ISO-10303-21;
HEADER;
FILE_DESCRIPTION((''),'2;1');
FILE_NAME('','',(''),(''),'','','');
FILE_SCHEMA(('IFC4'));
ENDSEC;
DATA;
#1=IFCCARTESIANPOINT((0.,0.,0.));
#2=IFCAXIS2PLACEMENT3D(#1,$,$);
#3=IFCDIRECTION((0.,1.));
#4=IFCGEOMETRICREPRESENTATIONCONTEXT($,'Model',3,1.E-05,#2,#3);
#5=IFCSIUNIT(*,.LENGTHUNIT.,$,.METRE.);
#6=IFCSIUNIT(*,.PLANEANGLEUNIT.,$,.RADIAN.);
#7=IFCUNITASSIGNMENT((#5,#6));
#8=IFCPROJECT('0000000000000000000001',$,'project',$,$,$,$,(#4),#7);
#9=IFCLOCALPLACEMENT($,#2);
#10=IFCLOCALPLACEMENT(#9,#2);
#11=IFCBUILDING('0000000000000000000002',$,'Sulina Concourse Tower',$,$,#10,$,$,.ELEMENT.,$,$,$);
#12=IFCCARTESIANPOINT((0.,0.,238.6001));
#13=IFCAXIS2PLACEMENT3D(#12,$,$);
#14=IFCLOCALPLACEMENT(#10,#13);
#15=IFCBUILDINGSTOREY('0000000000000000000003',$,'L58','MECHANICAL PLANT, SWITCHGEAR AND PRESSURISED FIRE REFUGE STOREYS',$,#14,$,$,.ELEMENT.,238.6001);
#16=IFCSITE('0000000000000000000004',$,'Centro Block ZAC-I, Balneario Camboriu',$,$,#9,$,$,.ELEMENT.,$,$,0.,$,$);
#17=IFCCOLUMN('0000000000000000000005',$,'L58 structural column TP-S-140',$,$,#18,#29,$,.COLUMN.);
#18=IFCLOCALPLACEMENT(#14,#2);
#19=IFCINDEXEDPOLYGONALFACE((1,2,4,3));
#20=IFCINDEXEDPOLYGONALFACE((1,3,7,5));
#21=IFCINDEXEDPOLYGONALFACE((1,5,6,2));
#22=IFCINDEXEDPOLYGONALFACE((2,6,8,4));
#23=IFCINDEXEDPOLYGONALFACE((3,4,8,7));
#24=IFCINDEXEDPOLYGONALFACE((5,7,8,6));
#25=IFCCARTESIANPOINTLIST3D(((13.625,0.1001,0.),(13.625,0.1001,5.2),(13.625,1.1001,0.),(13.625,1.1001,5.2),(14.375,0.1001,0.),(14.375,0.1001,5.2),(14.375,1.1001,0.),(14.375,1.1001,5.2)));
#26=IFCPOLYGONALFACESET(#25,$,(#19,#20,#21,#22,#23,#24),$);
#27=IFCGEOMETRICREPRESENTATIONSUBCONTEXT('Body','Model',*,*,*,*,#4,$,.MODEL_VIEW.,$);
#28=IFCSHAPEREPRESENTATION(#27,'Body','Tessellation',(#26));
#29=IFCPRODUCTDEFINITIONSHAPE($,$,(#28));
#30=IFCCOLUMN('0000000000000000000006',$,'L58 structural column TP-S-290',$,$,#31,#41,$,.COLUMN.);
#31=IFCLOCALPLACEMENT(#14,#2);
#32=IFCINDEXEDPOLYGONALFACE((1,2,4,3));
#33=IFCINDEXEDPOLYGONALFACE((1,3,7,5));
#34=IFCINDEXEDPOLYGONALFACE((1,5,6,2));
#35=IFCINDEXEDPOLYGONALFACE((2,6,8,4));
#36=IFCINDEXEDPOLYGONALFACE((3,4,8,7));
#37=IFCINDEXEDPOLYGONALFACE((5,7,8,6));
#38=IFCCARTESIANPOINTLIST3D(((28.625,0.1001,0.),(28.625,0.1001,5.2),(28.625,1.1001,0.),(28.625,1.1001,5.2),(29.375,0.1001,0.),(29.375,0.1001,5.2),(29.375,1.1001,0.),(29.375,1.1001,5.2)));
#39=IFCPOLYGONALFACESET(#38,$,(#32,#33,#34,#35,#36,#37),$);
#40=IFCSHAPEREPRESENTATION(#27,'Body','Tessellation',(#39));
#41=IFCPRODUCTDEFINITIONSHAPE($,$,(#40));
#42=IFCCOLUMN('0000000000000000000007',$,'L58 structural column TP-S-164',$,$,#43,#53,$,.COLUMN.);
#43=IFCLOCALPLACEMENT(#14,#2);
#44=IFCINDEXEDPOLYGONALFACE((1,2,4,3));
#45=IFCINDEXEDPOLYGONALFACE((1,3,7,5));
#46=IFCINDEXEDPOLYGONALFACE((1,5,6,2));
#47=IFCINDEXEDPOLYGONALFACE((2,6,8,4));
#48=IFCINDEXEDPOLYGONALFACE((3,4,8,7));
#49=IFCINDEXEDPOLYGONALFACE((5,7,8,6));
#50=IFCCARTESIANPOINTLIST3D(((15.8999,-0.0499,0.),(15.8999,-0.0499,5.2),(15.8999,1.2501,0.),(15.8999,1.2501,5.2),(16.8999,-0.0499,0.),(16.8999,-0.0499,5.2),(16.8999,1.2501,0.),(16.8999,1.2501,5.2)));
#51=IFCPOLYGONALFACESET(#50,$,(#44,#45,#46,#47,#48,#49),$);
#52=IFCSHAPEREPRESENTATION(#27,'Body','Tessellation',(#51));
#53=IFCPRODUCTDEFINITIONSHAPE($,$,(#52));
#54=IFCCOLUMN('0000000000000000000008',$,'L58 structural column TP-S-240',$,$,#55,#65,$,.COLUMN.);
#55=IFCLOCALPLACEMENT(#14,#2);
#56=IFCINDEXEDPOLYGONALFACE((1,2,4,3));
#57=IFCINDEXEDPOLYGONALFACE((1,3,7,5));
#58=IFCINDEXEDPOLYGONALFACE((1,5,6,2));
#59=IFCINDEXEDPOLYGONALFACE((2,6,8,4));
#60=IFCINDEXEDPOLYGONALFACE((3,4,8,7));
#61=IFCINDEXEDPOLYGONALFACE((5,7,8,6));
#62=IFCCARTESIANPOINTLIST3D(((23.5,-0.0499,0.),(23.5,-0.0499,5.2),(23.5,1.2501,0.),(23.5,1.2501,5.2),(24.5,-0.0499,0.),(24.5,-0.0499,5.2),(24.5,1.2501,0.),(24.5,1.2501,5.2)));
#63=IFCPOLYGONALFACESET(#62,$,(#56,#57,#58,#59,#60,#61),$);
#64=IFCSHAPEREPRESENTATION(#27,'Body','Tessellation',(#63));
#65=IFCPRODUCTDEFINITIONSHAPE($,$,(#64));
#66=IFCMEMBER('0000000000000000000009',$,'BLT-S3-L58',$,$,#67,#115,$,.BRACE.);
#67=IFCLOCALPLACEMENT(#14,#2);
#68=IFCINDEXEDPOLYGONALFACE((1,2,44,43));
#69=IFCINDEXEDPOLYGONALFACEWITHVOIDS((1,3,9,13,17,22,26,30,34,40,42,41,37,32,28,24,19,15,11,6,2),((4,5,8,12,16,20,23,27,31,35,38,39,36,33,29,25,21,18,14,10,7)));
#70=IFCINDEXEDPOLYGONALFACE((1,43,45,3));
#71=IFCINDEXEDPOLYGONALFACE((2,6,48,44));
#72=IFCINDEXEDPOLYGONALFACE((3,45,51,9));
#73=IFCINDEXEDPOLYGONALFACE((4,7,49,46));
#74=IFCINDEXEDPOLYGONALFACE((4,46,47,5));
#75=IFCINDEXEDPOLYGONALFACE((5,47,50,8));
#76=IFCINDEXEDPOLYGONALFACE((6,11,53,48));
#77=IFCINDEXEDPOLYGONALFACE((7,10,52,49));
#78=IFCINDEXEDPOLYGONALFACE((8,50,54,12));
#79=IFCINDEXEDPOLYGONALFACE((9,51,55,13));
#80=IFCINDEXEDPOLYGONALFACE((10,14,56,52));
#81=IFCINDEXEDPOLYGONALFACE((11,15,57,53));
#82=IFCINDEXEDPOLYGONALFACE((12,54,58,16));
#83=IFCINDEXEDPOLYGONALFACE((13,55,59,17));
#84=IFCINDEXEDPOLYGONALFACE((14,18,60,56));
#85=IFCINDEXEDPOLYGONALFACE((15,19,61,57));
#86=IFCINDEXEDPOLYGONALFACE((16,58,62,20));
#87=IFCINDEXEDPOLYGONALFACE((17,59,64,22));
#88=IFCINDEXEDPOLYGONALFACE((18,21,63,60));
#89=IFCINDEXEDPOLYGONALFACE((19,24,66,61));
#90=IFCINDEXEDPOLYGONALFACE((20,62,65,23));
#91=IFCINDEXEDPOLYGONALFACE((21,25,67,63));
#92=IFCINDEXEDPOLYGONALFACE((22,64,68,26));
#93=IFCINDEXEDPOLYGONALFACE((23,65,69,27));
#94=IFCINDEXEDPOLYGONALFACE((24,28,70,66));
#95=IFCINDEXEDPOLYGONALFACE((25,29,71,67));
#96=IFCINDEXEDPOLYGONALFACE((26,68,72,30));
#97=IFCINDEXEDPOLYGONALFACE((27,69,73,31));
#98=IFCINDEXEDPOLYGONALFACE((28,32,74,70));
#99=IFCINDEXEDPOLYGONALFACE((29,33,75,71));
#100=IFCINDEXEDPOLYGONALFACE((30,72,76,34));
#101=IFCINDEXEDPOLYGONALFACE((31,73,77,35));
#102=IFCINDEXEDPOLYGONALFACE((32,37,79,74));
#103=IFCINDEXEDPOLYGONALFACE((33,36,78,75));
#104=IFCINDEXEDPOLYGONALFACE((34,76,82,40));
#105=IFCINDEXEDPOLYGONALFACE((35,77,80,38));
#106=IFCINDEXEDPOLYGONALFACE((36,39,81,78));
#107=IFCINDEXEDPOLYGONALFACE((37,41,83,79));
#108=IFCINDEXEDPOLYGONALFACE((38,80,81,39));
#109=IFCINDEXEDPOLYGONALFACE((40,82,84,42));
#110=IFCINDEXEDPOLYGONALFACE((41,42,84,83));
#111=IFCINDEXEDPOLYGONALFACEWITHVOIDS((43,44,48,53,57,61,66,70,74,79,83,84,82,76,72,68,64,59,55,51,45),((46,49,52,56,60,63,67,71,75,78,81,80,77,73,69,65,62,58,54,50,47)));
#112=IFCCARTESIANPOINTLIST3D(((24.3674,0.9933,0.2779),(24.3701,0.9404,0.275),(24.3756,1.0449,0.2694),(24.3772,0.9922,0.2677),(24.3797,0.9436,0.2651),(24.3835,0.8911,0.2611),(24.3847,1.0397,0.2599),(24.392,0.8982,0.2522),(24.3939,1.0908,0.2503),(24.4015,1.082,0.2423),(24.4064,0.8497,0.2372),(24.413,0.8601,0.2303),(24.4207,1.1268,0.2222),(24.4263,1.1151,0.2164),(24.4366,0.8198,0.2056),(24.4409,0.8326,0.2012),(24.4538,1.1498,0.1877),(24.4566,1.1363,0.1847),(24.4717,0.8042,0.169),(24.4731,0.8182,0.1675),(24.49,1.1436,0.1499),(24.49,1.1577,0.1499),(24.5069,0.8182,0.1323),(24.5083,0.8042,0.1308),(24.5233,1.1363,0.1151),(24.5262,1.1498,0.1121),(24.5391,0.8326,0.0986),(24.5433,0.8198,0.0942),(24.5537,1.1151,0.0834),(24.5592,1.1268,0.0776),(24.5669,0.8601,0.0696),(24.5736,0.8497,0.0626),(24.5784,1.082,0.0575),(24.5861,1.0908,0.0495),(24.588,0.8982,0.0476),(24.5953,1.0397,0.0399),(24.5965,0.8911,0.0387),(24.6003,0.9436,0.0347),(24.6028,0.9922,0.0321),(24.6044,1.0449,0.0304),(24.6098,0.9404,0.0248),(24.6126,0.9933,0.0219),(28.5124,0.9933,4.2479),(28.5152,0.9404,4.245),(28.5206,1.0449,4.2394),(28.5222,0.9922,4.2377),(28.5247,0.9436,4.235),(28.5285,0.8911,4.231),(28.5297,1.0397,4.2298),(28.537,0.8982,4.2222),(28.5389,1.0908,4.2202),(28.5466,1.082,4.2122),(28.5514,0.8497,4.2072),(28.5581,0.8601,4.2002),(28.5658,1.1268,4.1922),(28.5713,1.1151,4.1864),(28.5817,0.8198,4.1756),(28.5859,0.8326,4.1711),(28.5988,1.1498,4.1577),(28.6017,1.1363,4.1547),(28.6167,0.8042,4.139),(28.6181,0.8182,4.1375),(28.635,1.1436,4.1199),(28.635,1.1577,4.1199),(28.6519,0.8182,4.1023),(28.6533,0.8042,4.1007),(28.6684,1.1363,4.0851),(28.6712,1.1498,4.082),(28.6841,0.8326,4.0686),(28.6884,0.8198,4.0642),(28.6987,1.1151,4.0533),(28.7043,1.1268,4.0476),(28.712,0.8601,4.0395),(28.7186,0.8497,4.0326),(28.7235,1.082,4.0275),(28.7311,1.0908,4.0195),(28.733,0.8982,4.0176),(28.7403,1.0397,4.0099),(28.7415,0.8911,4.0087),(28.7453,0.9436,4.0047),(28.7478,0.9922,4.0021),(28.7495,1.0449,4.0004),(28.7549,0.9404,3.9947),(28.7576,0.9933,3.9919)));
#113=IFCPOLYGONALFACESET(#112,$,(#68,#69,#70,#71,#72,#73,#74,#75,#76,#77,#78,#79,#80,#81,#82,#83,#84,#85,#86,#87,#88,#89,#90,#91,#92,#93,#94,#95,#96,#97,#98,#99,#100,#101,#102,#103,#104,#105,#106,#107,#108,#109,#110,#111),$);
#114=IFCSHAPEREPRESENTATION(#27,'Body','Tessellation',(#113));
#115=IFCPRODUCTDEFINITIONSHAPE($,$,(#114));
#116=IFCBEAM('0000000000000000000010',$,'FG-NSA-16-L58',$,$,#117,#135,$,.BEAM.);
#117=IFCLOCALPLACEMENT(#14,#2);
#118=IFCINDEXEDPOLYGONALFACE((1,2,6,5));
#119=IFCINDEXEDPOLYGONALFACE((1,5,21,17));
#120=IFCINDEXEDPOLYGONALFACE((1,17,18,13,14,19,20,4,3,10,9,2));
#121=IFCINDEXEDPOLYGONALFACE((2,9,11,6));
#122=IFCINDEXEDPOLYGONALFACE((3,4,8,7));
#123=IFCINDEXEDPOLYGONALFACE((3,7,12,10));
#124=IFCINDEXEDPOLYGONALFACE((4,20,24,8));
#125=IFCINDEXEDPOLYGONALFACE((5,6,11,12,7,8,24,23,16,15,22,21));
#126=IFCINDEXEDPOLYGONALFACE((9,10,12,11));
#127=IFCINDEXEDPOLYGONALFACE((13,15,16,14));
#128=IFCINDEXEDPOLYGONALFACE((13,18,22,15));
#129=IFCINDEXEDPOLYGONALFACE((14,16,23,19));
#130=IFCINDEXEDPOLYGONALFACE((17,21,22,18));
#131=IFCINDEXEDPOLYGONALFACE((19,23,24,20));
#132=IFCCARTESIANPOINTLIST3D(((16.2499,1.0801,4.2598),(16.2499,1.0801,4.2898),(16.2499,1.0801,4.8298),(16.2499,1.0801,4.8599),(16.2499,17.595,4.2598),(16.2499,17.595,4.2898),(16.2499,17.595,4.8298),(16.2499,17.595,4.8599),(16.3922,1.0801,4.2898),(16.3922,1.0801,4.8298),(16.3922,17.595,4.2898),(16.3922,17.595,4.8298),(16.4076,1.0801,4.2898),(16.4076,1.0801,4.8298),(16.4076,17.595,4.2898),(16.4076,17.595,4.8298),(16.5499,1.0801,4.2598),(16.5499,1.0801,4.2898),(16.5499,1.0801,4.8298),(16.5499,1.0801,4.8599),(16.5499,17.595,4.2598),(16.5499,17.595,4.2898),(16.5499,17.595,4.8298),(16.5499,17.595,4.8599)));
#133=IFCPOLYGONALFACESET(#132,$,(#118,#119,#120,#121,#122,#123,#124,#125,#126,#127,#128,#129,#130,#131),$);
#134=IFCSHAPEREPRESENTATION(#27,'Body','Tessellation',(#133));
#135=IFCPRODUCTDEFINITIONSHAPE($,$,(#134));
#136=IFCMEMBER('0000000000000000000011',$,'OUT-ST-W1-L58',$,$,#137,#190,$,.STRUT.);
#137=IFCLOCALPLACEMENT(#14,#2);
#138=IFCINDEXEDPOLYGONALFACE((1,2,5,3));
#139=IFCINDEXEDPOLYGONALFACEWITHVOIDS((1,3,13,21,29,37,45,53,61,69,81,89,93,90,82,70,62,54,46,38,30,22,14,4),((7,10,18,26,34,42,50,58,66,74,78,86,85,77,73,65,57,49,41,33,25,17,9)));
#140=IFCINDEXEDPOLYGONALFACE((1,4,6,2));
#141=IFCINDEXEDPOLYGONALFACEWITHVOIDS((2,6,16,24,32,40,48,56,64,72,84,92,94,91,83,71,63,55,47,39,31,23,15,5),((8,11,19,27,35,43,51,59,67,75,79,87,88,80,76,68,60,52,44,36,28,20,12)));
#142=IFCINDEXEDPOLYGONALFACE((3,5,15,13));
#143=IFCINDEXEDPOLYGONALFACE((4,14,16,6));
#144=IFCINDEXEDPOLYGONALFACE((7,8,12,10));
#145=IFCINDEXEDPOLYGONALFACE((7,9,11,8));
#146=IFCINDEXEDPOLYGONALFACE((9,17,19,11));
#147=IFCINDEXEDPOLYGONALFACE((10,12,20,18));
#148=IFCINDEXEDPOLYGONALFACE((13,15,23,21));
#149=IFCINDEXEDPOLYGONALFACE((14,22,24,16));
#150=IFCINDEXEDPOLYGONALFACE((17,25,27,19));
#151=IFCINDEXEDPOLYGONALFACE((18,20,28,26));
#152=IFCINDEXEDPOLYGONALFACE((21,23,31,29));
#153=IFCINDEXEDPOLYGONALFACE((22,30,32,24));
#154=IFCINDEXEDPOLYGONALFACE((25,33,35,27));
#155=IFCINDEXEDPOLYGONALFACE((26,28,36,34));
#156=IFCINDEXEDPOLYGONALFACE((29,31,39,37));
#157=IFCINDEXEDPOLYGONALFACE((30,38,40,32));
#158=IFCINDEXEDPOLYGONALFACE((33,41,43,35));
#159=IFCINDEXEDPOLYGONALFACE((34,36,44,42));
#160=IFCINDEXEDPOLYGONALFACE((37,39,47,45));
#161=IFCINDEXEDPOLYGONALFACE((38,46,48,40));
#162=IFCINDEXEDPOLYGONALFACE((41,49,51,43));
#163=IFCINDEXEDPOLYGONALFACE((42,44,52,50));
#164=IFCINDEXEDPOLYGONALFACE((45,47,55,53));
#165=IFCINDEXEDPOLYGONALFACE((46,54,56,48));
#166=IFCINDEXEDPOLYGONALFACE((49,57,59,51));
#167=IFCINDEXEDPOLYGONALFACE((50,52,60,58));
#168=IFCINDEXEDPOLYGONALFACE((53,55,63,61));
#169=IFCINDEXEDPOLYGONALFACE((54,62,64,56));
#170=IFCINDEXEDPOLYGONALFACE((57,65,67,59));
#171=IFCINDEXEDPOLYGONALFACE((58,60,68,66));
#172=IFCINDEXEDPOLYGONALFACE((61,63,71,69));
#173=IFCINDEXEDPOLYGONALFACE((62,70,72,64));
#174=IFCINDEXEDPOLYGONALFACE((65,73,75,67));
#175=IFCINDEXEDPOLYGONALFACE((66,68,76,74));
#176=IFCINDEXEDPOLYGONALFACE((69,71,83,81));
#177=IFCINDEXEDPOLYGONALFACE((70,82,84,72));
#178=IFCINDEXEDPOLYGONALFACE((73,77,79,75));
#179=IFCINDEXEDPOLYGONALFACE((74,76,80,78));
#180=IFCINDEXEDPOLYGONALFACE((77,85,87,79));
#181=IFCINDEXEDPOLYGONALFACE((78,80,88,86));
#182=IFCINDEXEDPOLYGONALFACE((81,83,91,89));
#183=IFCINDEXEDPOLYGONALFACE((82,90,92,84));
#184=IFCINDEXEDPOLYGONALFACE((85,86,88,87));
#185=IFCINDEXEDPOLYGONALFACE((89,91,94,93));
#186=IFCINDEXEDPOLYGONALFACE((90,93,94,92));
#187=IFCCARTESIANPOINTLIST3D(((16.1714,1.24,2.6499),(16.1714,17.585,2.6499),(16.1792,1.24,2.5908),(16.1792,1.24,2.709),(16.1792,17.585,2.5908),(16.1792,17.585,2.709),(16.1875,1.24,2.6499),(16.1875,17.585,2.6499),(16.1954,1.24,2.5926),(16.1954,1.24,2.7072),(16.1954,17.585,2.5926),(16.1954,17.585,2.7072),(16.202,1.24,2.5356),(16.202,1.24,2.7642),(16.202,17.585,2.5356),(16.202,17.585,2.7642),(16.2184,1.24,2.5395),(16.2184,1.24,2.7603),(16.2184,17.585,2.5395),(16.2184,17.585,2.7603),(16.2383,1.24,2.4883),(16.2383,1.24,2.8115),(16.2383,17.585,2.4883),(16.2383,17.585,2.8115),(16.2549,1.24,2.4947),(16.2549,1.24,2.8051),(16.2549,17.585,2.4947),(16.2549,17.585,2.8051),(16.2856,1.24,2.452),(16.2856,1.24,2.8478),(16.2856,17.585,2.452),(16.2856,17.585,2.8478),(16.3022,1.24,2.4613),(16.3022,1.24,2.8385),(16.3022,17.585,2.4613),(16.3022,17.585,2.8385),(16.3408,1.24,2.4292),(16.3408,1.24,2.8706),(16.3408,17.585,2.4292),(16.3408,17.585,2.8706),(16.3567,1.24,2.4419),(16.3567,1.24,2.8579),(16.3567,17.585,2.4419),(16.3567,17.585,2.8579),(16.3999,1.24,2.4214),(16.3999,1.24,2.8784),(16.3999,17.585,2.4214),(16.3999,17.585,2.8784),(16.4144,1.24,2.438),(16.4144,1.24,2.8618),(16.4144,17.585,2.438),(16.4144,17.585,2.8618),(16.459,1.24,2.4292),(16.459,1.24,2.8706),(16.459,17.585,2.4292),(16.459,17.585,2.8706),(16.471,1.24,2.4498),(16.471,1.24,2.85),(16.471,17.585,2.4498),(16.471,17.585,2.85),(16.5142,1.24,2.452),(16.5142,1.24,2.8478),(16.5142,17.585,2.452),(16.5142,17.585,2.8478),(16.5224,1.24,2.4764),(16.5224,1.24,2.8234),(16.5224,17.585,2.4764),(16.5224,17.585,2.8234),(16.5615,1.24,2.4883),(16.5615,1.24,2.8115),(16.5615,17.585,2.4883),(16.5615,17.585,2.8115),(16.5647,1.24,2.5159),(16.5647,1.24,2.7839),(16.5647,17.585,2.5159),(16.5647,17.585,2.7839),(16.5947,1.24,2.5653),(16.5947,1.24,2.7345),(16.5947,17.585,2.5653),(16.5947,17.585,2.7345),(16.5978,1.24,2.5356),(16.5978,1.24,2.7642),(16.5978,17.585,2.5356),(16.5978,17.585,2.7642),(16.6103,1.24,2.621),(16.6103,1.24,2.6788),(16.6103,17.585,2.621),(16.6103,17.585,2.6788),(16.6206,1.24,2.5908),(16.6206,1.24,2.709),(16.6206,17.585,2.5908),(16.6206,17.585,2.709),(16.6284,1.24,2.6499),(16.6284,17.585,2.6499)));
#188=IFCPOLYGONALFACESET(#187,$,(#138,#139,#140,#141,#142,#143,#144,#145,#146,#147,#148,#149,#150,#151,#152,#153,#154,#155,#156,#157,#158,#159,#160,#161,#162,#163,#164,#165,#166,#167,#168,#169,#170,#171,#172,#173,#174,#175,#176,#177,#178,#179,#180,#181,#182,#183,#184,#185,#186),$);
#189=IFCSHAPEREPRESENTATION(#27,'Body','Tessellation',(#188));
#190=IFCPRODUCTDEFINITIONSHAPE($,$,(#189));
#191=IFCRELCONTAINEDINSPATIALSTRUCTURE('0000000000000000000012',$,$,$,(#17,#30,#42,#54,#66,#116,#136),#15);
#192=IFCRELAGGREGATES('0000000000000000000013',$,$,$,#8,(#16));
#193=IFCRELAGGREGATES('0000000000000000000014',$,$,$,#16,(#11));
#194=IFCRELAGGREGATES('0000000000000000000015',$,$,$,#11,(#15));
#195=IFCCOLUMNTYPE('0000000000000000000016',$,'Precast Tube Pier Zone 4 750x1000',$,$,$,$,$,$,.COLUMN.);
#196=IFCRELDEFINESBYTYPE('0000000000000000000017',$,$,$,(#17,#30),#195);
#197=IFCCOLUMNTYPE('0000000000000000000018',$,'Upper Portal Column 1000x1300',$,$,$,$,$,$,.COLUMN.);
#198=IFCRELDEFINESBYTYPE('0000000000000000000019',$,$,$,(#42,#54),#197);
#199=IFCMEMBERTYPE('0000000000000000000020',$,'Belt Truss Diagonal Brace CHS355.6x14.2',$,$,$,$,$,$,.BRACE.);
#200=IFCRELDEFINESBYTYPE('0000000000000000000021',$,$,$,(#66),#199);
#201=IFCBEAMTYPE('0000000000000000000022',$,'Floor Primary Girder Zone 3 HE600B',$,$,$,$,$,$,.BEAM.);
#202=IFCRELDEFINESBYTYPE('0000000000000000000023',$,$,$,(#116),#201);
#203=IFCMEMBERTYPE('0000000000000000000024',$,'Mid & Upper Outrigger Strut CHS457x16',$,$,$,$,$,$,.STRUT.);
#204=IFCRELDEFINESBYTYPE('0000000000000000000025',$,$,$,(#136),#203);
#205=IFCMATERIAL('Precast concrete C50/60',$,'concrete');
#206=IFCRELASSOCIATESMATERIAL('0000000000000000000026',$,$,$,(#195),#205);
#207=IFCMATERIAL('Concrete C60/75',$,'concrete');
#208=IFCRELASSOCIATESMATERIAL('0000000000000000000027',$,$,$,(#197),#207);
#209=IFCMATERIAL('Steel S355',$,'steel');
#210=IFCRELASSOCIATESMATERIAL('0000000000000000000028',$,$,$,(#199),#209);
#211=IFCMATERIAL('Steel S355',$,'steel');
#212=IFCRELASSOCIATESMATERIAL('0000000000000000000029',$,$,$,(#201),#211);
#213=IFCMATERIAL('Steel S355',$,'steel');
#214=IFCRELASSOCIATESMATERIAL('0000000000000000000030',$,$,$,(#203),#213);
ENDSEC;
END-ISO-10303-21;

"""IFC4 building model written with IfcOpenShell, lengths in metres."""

from ifc_helpers import new_model, si_unit, direction, frame, origin, origin_2d, place, context, subcontext, project, spatial, rectangle, hollow_circle, i_section, extrude, material, material_profile, profile_set, type_object, element, save


model = new_model("IFC4")

# Units and contexts
model_context = context("Model", 3, precision=1e-05, world=origin(), true_north=direction((0.0, 1.0)))
body_context = subcontext(model_context, "Body", "Model", "MODEL_VIEW")
ifc_project = project(units=[si_unit("LENGTHUNIT", "METRE"), si_unit("PLANEANGLEUNIT", "RADIAN")], contexts=[model_context])

# Site, building, storey
site_placement = place(None, origin())
site = spatial("IfcSite", under=ifc_project, at=site_placement, Name="Centro Block ZAC-I, Balneario Camboriu", CompositionType="ELEMENT", RefElevation=0.0)
building_placement = place(site_placement, origin())
building = spatial("IfcBuilding", under=site, at=building_placement, Name="Sulina Concourse Tower", CompositionType="ELEMENT")
storey_placement = place(building_placement, frame((0.0, 0.0, 238.6001)))
storey = spatial("IfcBuildingStorey", under=building, at=storey_placement, Name="L58", Description="MECHANICAL PLANT, SWITCHGEAR AND PRESSURISED FIRE REFUGE STOREYS", CompositionType="ELEMENT", Elevation=238.6001)

# Columns
ifc_material_1 = material(Name="Precast concrete C50/60", Category="concrete")
ifc_material_profile_1 = material_profile(ifc_material_1, rectangle(XDim=0.75, YDim=1.0, at=origin_2d()), Name="PC 750x1000")
ifc_profile_set_1 = profile_set([ifc_material_profile_1], Name="Precast concrete C50/60")
column_type_1 = type_object("IfcColumnType", Name="Precast Tube Pier Zone 4 750x1000", PredefinedType="COLUMN", material=ifc_profile_set_1)
for number, where, z_axis, x_axis, name in (
    (1, (14.0, 0.6001, 0.0), (0.0, 0.0, 1.0), (1.0, 0.0, 0.0), "L58 structural column TP-S-140"),
    (2, (29.0, 0.6001, 0.0), (0.0, 0.0, 1.0), (1.0, 0.0, 0.0), "L58 structural column TP-S-290"),
):
    element("IfcColumn", number, at=place(storey_placement, frame(where, z_axis=z_axis, x_axis=x_axis)), inside=storey, type_object=column_type_1, Name=name, PredefinedType="COLUMN", context=body_context, shape_type="SweptSolid", body=[
        extrude(rectangle(XDim=0.75, YDim=1.0, at=origin_2d()), origin(), (0.0, 0.0, 1.0), 5.2),
    ])
ifc_material_2 = material(Name="Concrete C60/75", Category="concrete")
ifc_material_profile_2 = material_profile(ifc_material_2, rectangle(XDim=1.0, YDim=1.3, at=origin_2d()), Name="RC 1000x1300")
ifc_profile_set_2 = profile_set([ifc_material_profile_2], Name="Concrete C60/75")
column_type_2 = type_object("IfcColumnType", Name="Upper Portal Column 1000x1300", PredefinedType="COLUMN", material=ifc_profile_set_2)
for number, where, z_axis, x_axis, name in (
    (3, (16.3999, 0.6001, 0.0), (0.0, 0.0, 1.0), (1.0, 0.0, 0.0), "L58 structural column TP-S-164"),
    (4, (24.0, 0.6001, 0.0), (0.0, 0.0, 1.0), (1.0, 0.0, 0.0), "L58 structural column TP-S-240"),
):
    element("IfcColumn", number, at=place(storey_placement, frame(where, z_axis=z_axis, x_axis=x_axis)), inside=storey, type_object=column_type_2, Name=name, PredefinedType="COLUMN", context=body_context, shape_type="SweptSolid", body=[
        extrude(rectangle(XDim=1.0, YDim=1.3, at=origin_2d()), origin(), (0.0, 0.0, 1.0), 5.2),
    ])

# Member
ifc_material_3 = material(Name="Steel S355", Category="steel")
ifc_material_profile_3 = material_profile(ifc_material_3, hollow_circle(Radius=0.1777, WallThickness=0.0142, at=origin_2d()), Name="CHS 355.6x14.2")
ifc_profile_set_3 = profile_set([ifc_material_profile_3], Name="Steel S355")
member_type_1 = type_object("IfcMemberType", Name="Belt Truss Diagonal Brace CHS355.6x14.2", PredefinedType="BRACE", material=ifc_profile_set_3)
member_1_placement = place(storey_placement, frame((24.49, 0.98, 0.1499), z_axis=(0.722192, 0.0, 0.691693), x_axis=(0.0, 1.0, 0.0)))
element("IfcMember", 5, at=member_1_placement, inside=storey, type_object=member_type_1, Name="BLT-S3-L58", PredefinedType="BRACE", context=body_context, shape_type="SweptSolid", body=[
    extrude(hollow_circle(Radius=0.1777, WallThickness=0.0142, at=origin_2d()), origin(), (0.0, 0.0, 1.0), 5.7395),
])

# Beam
ifc_material_4 = material(Name="Steel S355", Category="steel")
ifc_material_profile_4 = material_profile(ifc_material_4, i_section(OverallWidth=0.3, OverallDepth=0.6001, WebThickness=0.0154, FlangeThickness=0.03, at=origin_2d()), Name="HE 600 B")
ifc_profile_set_4 = profile_set([ifc_material_profile_4], Name="Steel S355")
beam_type_1 = type_object("IfcBeamType", Name="Floor Primary Girder Zone 3 HE600B", PredefinedType="BEAM", material=ifc_profile_set_4)
beam_1_placement = place(storey_placement, frame((16.3999, 1.0801, 4.5598), z_axis=(0.0, 1.0, 0.0), x_axis=(-1.0, 0.0, 0.0)))
element("IfcBeam", 6, at=beam_1_placement, inside=storey, type_object=beam_type_1, Name="FG-NSA-16-L58", PredefinedType="BEAM", context=body_context, shape_type="SweptSolid", body=[
    extrude(i_section(OverallWidth=0.3, OverallDepth=0.6001, WebThickness=0.0154, FlangeThickness=0.03, at=origin_2d()), origin(), (0.0, 0.0, 1.0), 16.5149),
])

# Member
ifc_material_5 = material(Name="Steel S355", Category="steel")
ifc_material_profile_5 = material_profile(ifc_material_5, hollow_circle(Radius=0.2285, WallThickness=0.0161, at=origin_2d()), Name="CHS 457x16")
ifc_profile_set_5 = profile_set([ifc_material_profile_5], Name="Steel S355")
member_type_2 = type_object("IfcMemberType", Name="Mid & Upper Outrigger Strut CHS457x16", PredefinedType="STRUT", material=ifc_profile_set_5)
member_2_placement = place(storey_placement, frame((16.3999, 1.24, 2.6499), z_axis=(0.0, 1.0, 0.0), x_axis=(-1.0, 0.0, 0.0)))
element("IfcMember", 7, at=member_2_placement, inside=storey, type_object=member_type_2, Name="OUT-ST-W1-L58", PredefinedType="STRUT", context=body_context, shape_type="SweptSolid", body=[
    extrude(hollow_circle(Radius=0.2285, WallThickness=0.0161, at=origin_2d()), origin(), (0.0, 0.0, 1.0), 16.345),
])

save(model, "model.ifc")
